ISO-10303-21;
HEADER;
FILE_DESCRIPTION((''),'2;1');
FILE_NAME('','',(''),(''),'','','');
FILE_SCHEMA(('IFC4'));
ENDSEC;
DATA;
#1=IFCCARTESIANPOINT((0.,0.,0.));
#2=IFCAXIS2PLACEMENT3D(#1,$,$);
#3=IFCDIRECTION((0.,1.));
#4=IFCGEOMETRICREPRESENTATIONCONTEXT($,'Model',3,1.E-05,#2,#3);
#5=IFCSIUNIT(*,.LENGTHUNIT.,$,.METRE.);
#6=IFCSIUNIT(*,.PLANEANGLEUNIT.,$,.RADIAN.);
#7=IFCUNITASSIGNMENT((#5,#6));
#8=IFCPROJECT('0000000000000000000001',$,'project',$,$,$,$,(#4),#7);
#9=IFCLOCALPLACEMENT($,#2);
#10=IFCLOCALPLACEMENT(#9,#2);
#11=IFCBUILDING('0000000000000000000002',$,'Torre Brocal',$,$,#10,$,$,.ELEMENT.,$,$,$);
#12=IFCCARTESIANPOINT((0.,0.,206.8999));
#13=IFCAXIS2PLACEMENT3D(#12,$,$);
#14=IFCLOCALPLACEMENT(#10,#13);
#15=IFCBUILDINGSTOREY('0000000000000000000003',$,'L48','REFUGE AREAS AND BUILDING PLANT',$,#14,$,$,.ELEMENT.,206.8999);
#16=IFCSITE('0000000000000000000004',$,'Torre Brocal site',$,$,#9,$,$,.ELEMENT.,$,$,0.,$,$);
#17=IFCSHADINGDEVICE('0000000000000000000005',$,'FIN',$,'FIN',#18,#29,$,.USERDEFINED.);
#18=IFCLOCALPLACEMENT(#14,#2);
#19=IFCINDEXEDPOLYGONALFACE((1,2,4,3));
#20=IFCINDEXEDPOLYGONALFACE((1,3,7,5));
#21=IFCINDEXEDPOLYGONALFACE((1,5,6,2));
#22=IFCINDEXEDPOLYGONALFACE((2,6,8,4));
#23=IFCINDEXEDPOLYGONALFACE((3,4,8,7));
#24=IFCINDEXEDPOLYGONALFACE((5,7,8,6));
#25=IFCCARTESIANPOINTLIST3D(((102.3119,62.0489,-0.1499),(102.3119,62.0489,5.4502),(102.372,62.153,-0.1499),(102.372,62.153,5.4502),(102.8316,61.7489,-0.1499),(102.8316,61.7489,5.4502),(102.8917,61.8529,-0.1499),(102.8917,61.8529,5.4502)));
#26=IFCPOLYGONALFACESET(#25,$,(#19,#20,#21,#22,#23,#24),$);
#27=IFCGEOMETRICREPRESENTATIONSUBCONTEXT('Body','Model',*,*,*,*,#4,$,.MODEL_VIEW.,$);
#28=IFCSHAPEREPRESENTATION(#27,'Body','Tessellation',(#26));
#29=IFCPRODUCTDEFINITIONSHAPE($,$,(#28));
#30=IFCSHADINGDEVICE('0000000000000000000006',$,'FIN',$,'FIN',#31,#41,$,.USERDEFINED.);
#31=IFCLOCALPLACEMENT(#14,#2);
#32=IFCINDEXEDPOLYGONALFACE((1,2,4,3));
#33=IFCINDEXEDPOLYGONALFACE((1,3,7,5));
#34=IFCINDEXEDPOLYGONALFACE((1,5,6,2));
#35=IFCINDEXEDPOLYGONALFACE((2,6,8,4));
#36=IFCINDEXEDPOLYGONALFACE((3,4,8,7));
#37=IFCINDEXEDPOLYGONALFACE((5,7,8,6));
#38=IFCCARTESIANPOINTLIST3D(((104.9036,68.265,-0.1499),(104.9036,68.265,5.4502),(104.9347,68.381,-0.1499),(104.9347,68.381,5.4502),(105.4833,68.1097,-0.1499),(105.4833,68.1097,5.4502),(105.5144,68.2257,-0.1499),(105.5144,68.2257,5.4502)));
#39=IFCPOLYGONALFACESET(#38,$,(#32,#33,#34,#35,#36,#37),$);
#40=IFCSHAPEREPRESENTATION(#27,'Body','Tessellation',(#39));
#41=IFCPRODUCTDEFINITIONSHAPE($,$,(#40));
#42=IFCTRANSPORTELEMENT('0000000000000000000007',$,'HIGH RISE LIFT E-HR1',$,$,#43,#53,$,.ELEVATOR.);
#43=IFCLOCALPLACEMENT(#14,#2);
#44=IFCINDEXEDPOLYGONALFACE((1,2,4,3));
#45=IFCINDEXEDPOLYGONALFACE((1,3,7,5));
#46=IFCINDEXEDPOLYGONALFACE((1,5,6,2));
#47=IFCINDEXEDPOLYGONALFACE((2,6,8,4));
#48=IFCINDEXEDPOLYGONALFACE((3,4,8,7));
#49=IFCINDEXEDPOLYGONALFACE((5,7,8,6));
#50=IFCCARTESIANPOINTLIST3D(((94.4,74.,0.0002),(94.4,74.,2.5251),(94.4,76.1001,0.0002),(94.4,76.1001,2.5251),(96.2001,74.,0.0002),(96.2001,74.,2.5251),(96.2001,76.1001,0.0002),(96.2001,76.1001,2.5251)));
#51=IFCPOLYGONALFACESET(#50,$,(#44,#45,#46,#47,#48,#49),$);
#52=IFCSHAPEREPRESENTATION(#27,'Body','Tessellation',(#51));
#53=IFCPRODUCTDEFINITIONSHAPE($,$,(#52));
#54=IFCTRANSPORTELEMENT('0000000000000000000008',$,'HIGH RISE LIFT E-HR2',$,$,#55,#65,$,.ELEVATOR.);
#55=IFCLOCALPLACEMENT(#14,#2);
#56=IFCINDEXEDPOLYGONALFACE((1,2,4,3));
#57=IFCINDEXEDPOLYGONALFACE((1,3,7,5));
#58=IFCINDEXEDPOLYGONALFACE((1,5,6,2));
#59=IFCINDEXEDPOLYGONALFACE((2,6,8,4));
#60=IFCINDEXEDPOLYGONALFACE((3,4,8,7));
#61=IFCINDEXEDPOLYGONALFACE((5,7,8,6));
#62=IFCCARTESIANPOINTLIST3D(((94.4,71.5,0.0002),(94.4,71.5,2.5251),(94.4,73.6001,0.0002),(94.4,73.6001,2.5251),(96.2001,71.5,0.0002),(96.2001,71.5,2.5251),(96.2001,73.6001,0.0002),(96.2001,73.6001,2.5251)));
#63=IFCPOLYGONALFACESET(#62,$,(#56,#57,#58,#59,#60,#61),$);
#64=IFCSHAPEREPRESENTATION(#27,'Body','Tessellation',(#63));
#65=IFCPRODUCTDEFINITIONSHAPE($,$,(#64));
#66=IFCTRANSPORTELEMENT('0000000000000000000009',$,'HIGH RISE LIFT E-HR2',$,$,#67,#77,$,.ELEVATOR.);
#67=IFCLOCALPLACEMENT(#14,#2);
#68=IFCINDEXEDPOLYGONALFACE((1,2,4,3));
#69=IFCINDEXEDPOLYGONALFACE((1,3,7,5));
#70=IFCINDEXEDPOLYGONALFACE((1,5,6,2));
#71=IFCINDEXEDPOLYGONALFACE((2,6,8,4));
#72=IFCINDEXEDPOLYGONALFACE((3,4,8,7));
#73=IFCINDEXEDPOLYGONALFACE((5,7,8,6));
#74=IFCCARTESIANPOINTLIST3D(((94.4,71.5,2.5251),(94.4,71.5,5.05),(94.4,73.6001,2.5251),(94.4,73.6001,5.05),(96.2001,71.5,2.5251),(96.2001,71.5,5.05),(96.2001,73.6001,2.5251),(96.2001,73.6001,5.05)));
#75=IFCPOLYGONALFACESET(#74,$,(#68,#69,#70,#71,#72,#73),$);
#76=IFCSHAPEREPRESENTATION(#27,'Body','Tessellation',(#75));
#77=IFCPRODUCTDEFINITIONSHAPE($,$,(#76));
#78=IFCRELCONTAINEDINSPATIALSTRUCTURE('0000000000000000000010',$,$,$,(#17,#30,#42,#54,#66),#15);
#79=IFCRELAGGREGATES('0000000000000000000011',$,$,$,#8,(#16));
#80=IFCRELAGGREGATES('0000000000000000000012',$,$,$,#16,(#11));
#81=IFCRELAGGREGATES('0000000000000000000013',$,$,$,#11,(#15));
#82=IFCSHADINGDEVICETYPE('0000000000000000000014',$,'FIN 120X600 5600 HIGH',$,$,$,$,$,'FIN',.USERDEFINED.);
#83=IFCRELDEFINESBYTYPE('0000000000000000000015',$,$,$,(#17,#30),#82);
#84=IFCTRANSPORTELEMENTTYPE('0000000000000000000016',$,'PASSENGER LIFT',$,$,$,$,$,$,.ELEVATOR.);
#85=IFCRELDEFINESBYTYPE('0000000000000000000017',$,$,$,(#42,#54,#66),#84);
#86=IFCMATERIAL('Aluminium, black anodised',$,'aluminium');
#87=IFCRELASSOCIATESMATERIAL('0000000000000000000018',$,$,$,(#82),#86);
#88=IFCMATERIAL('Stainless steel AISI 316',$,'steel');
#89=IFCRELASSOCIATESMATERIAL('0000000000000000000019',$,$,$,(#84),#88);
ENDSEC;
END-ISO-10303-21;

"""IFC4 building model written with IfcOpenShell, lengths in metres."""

from ifc_helpers import new_model, si_unit, direction, frame, origin, origin_2d, place, context, subcontext, project, spatial, rectangle, extrude, material, material_profile, profile_set, type_object, element, save


model = new_model("IFC4")

# Units and contexts
model_context = context("Model", 3, precision=1e-05, world=origin(), true_north=direction((0.0, 1.0)))
body_context = subcontext(model_context, "Body", "Model", "MODEL_VIEW")
ifc_project = project(units=[si_unit("LENGTHUNIT", "METRE"), si_unit("PLANEANGLEUNIT", "RADIAN")], contexts=[model_context])

# Site, building, storey
site_placement = place(None, origin())
site = spatial("IfcSite", under=ifc_project, at=site_placement, Name="Torre Brocal site", CompositionType="ELEMENT", RefElevation=0.0)
building_placement = place(site_placement, origin())
building = spatial("IfcBuilding", under=site, at=building_placement, Name="Torre Brocal", CompositionType="ELEMENT")
storey_placement = place(building_placement, frame((0.0, 0.0, 206.8999)))
storey = spatial("IfcBuildingStorey", under=building, at=storey_placement, Name="L48", Description="REFUGE AREAS AND BUILDING PLANT", CompositionType="ELEMENT", Elevation=206.8999)

# Shading devices
ifc_material_1 = material(Name="Aluminium, black anodised", Category="aluminium")
ifc_material_profile_1 = material_profile(ifc_material_1, rectangle(XDim=0.1201, YDim=0.6001, at=origin_2d()), Name="FIN 120X600 5600 HIGH")
ifc_profile_set_1 = profile_set([ifc_material_profile_1], Name="Aluminium, black anodised")
shading_device_type = type_object("IfcShadingDeviceType", Name="FIN 120X600 5600 HIGH", ElementType="FIN", PredefinedType="USERDEFINED", material=ifc_profile_set_1)
for number, where, z_axis, x_axis, name in (
    (1, (102.6018, 61.9509, -0.1499), (0.0, 0.0, 1.0), (0.5, 0.866025, 0.0), "FIN"),
    (2, (105.209, 68.2454, -0.1499), (0.0, 0.0, 1.0), (0.258819, 0.965926, 0.0), "FIN"),
):
    element("IfcShadingDevice", number, at=place(storey_placement, frame(where, z_axis=z_axis, x_axis=x_axis)), inside=storey, type_object=shading_device_type, Name=name, ObjectType="FIN", PredefinedType="USERDEFINED", context=body_context, shape_type="SweptSolid", body=[
        extrude(rectangle(XDim=0.1201, YDim=0.6001, at=origin_2d()), origin(), (0.0, 0.0, 1.0), 5.6001),
    ])

# Transport elements
ifc_material_2 = material(Name="Stainless steel AISI 316", Category="steel")
transport_element_type = type_object("IfcTransportElementType", Name="PASSENGER LIFT", PredefinedType="ELEVATOR", material=ifc_material_2)
for number, where, z_axis, x_axis, name in (
    (3, (95.3, 75.05, 0.0002), (0.0, 0.0, 1.0), (1.0, 0.0, 0.0), "HIGH RISE LIFT E-HR1"),
    (4, (95.3, 72.55, 0.0002), (0.0, 0.0, 1.0), (1.0, 0.0, 0.0), "HIGH RISE LIFT E-HR2"),
    (5, (95.3, 72.55, 2.5251), (0.0, 0.0, 1.0), (1.0, 0.0, 0.0), "HIGH RISE LIFT E-HR2"),
):
    element("IfcTransportElement", number, at=place(storey_placement, frame(where, z_axis=z_axis, x_axis=x_axis)), inside=storey, type_object=transport_element_type, Name=name, PredefinedType="ELEVATOR", context=body_context, shape_type="SweptSolid", body=[
        extrude(rectangle(XDim=1.8, YDim=2.1001, at=origin_2d()), origin(), (0.0, 0.0, 1.0), 2.5249),
    ])

save(model, "model.ifc")
